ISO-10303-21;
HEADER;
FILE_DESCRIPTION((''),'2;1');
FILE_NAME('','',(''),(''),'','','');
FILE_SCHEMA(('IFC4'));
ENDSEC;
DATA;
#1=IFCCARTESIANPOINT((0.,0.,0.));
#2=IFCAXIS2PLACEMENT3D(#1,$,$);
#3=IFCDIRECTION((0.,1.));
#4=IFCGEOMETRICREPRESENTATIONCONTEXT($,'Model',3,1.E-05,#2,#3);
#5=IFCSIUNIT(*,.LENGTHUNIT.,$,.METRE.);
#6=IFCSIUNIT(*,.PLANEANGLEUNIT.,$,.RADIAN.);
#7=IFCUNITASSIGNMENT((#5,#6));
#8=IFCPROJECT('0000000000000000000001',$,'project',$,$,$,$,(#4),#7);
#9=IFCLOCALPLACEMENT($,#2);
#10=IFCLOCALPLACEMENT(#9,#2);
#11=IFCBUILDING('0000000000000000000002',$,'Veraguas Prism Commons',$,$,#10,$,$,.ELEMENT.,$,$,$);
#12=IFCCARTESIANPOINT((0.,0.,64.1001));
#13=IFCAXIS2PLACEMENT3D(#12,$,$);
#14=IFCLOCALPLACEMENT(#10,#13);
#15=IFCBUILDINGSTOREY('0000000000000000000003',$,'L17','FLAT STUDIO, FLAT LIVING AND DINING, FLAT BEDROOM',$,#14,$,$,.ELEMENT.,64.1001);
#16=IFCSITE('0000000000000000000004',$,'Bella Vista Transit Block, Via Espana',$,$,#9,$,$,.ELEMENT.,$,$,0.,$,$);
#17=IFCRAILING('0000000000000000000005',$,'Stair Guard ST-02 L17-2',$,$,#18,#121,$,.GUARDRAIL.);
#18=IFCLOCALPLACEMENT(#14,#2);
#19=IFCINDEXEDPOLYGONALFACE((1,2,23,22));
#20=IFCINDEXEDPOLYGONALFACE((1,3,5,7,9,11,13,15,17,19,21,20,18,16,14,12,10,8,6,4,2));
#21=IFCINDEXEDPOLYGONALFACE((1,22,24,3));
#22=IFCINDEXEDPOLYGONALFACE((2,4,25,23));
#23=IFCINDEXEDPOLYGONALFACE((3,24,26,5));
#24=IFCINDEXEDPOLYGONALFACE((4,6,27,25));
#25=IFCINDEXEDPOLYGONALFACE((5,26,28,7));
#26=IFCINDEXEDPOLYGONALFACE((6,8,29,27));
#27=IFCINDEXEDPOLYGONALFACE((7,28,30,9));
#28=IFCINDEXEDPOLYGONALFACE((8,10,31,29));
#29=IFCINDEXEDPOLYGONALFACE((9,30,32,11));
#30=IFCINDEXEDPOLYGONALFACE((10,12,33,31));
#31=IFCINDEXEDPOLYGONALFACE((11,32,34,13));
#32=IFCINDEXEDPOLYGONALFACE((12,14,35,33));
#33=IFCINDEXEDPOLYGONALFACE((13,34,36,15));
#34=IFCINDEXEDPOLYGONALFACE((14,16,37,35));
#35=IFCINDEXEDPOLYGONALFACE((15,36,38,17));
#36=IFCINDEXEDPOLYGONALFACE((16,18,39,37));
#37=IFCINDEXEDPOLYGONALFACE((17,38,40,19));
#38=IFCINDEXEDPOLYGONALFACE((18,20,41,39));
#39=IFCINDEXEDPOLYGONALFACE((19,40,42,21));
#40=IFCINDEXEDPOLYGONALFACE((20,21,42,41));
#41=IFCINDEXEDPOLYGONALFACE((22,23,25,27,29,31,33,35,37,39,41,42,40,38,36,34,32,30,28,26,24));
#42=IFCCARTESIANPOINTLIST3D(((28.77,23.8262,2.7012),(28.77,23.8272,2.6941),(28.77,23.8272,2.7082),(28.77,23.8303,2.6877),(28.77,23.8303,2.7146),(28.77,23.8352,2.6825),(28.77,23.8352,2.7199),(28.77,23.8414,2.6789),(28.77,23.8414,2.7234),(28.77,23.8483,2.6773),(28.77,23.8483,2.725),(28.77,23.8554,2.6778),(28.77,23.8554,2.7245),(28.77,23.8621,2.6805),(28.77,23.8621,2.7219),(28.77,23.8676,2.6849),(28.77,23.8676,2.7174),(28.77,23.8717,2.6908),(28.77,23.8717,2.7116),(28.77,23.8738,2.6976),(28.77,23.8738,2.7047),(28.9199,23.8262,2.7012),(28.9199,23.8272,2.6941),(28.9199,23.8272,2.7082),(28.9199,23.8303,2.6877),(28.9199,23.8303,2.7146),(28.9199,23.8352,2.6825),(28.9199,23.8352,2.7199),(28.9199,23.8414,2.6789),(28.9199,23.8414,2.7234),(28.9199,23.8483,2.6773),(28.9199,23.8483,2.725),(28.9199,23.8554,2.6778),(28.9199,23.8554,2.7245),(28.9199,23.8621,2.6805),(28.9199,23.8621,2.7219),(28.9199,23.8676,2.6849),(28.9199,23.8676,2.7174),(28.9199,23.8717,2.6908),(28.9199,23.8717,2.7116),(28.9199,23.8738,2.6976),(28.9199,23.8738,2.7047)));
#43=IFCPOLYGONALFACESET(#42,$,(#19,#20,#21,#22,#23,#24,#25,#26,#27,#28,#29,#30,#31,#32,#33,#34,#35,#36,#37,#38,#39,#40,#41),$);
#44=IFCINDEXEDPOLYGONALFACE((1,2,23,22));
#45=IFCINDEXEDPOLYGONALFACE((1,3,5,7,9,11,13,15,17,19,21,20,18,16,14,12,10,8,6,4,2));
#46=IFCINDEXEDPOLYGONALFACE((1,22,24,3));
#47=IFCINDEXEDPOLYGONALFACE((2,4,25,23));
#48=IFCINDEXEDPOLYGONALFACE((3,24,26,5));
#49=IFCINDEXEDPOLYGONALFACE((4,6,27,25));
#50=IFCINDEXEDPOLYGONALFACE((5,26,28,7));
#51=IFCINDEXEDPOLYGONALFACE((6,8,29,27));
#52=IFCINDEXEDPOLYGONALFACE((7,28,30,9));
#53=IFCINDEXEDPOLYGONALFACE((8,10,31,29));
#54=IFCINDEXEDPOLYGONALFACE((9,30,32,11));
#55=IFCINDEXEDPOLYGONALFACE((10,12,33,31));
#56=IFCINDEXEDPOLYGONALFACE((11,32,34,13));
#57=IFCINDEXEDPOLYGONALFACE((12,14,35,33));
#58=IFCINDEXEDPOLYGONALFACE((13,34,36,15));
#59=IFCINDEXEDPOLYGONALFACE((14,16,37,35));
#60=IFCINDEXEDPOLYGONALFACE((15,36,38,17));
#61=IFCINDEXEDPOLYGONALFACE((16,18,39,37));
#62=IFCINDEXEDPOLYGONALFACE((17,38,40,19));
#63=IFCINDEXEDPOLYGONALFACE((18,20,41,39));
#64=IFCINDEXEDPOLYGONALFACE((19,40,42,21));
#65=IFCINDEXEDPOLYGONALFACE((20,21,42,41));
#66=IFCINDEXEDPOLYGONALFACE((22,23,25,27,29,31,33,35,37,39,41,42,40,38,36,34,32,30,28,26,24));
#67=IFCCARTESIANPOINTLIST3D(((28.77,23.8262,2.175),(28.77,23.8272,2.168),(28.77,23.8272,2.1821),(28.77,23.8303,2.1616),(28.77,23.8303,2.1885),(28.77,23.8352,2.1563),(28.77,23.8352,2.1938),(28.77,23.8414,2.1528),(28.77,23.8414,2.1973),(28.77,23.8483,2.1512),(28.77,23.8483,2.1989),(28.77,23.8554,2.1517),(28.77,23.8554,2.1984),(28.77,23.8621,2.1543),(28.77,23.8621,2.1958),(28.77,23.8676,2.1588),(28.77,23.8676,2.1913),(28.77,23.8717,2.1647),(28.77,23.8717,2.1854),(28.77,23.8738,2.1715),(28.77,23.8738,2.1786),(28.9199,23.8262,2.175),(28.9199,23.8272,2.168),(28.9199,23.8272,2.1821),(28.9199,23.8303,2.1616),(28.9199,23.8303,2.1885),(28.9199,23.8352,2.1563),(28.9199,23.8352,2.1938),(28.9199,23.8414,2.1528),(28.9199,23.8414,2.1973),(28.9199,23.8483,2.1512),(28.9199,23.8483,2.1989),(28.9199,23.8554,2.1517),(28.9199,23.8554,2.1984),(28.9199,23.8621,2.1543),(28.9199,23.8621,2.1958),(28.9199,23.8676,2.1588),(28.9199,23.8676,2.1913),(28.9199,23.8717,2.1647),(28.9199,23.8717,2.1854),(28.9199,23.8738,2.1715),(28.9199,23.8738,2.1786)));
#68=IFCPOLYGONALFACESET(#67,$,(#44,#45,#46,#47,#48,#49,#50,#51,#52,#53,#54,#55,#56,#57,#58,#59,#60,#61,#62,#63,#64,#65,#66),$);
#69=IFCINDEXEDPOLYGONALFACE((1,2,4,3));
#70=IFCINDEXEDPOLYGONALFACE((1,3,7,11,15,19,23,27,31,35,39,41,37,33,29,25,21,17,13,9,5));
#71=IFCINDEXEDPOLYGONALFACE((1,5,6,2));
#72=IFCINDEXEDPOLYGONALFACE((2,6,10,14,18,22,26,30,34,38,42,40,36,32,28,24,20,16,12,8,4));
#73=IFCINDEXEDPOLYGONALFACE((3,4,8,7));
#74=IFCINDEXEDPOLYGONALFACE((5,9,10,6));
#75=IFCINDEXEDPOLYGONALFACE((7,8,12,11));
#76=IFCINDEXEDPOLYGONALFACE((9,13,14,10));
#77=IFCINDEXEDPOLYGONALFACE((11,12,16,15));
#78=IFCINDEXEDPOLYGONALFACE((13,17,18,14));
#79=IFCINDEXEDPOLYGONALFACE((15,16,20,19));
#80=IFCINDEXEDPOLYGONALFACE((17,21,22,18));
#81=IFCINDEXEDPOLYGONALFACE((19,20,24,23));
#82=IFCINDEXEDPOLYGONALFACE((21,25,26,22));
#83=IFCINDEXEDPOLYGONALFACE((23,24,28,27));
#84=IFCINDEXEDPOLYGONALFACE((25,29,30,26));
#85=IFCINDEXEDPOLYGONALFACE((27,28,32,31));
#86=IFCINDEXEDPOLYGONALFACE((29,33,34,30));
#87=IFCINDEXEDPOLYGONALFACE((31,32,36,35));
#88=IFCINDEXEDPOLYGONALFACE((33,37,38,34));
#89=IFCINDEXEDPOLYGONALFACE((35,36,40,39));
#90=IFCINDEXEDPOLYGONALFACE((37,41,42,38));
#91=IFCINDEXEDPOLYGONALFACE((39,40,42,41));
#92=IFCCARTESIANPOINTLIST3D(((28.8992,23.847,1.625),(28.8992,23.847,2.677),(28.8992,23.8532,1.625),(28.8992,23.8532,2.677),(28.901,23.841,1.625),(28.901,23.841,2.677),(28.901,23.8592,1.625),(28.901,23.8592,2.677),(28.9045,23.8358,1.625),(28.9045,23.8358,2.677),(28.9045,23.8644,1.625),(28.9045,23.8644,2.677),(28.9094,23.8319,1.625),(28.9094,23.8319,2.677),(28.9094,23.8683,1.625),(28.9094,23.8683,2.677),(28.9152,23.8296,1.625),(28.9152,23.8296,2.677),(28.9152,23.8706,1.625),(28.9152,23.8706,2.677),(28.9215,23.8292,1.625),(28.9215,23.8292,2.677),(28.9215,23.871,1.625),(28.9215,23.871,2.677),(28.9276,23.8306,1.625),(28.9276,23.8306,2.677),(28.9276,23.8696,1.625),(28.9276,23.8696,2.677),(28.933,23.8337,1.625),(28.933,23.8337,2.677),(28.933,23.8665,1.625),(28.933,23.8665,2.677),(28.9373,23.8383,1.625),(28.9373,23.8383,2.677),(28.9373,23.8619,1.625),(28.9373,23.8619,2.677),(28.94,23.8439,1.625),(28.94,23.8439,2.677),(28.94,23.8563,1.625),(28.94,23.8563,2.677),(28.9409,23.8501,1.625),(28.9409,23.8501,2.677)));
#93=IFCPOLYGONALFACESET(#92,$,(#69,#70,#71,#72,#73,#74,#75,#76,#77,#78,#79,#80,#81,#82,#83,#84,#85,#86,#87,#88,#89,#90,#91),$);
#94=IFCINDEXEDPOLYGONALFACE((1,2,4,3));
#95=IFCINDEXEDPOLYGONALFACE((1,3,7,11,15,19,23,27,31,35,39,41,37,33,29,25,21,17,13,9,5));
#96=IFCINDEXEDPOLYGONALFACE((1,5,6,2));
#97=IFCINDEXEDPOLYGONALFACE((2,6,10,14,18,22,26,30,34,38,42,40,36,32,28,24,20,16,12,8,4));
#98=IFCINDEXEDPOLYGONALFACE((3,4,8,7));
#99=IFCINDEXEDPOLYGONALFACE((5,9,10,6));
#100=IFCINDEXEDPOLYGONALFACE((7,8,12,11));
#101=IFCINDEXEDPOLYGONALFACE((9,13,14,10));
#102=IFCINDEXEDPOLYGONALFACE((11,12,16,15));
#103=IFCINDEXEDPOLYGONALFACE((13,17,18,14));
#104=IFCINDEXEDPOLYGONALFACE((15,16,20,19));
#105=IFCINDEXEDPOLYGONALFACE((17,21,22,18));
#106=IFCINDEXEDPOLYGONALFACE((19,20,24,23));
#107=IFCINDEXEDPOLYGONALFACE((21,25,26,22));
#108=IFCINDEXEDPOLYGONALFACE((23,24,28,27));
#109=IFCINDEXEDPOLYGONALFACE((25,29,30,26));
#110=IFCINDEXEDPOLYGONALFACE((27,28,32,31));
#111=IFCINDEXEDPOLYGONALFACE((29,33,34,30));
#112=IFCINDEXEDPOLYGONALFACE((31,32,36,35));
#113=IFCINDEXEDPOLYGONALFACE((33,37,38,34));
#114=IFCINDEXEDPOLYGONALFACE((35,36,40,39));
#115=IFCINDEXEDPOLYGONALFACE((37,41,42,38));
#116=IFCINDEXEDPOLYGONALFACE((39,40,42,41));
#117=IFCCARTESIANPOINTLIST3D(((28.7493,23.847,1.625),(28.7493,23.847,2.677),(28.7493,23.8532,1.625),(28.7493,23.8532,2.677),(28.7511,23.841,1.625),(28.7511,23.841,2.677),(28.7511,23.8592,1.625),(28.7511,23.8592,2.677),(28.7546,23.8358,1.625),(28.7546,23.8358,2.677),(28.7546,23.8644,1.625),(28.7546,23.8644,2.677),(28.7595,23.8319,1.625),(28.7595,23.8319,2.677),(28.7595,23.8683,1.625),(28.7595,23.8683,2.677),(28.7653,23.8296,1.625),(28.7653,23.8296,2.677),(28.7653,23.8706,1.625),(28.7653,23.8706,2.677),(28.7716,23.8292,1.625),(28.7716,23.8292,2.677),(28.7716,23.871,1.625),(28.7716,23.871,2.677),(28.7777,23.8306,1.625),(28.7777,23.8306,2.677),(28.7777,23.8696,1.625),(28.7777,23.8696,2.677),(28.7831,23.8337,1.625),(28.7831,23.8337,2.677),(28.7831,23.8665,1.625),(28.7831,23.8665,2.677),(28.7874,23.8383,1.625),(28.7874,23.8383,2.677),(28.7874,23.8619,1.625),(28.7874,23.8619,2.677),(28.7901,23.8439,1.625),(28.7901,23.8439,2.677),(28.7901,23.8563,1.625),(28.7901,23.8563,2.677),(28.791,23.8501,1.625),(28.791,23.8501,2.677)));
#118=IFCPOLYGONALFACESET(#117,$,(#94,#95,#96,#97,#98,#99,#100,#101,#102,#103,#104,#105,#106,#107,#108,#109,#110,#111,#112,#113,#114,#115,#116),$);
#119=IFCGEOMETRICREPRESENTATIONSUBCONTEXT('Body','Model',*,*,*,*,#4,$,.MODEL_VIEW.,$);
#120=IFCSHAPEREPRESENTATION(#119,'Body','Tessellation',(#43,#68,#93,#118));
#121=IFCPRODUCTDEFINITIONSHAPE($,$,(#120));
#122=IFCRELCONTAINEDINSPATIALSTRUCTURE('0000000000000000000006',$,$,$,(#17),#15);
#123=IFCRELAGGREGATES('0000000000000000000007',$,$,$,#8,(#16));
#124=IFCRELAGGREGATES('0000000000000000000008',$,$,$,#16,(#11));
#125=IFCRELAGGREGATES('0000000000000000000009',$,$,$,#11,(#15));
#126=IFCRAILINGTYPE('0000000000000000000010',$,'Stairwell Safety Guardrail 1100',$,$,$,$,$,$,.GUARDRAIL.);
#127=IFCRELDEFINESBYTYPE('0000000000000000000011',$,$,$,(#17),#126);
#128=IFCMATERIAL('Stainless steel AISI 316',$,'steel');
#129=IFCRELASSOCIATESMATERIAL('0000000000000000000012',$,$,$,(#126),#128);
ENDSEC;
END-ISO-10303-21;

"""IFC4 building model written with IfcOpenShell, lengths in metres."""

from ifc_helpers import new_model, si_unit, direction, frame, origin, origin_2d, place, context, subcontext, project, spatial, circle, extrude, material, type_object, element, save


model = new_model("IFC4")

# Units and contexts
model_context = context("Model", 3, precision=1e-05, world=origin(), true_north=direction((0.0, 1.0)))
body_context = subcontext(model_context, "Body", "Model", "MODEL_VIEW")
ifc_project = project(units=[si_unit("LENGTHUNIT", "METRE"), si_unit("PLANEANGLEUNIT", "RADIAN")], contexts=[model_context])

# Site, building, storey
site_placement = place(None, origin())
site = spatial("IfcSite", under=ifc_project, at=site_placement, Name="Bella Vista Transit Block, Via Espana", CompositionType="ELEMENT", RefElevation=0.0)
building_placement = place(site_placement, origin())
building = spatial("IfcBuilding", under=site, at=building_placement, Name="Veraguas Prism Commons", CompositionType="ELEMENT")
storey_placement = place(building_placement, frame((0.0, 0.0, 64.1001)))
storey = spatial("IfcBuildingStorey", under=building, at=storey_placement, Name="L17", Description="FLAT STUDIO, FLAT LIVING AND DINING, FLAT BEDROOM", CompositionType="ELEMENT", Elevation=64.1001)

# Shared definitions
ifc_material_1 = material(Name="Stainless steel AISI 316", Category="steel")

# Railing
railing_type_1 = type_object("IfcRailingType", Name="Stairwell Safety Guardrail 1100", PredefinedType="GUARDRAIL", material=ifc_material_1)
railing_1_placement = place(storey_placement, frame((28.9199, 23.8501, 1.625)))
element("IfcRailing", 1, at=railing_1_placement, inside=storey, type_object=railing_type_1, Name="Stair Guard ST-02 L17-2", PredefinedType="GUARDRAIL", context=body_context, shape_type="SweptSolid", body=[
    extrude(circle(Radius=0.0239, at=origin_2d()), frame((0.0, 0.0, 1.0762), z_axis=(-1.0, 0.0, 0.0), x_axis=(0.0, -1.0, 0.0)), (0.0, 0.0, 1.0), 0.1499),
    extrude(circle(Radius=0.0239, at=origin_2d()), frame((0.0, 0.0, 0.55), z_axis=(-1.0, 0.0, 0.0), x_axis=(0.0, -1.0, 0.0)), (0.0, 0.0, 1.0), 0.1499),
    extrude(circle(Radius=0.021, at=origin_2d()), origin(), (0.0, 0.0, 1.0), 1.052),
    extrude(circle(Radius=0.021, at=origin_2d()), frame((-0.1499, 0.0, 0.0)), (0.0, 0.0, 1.0), 1.052),
])

save(model, "model.ifc")
